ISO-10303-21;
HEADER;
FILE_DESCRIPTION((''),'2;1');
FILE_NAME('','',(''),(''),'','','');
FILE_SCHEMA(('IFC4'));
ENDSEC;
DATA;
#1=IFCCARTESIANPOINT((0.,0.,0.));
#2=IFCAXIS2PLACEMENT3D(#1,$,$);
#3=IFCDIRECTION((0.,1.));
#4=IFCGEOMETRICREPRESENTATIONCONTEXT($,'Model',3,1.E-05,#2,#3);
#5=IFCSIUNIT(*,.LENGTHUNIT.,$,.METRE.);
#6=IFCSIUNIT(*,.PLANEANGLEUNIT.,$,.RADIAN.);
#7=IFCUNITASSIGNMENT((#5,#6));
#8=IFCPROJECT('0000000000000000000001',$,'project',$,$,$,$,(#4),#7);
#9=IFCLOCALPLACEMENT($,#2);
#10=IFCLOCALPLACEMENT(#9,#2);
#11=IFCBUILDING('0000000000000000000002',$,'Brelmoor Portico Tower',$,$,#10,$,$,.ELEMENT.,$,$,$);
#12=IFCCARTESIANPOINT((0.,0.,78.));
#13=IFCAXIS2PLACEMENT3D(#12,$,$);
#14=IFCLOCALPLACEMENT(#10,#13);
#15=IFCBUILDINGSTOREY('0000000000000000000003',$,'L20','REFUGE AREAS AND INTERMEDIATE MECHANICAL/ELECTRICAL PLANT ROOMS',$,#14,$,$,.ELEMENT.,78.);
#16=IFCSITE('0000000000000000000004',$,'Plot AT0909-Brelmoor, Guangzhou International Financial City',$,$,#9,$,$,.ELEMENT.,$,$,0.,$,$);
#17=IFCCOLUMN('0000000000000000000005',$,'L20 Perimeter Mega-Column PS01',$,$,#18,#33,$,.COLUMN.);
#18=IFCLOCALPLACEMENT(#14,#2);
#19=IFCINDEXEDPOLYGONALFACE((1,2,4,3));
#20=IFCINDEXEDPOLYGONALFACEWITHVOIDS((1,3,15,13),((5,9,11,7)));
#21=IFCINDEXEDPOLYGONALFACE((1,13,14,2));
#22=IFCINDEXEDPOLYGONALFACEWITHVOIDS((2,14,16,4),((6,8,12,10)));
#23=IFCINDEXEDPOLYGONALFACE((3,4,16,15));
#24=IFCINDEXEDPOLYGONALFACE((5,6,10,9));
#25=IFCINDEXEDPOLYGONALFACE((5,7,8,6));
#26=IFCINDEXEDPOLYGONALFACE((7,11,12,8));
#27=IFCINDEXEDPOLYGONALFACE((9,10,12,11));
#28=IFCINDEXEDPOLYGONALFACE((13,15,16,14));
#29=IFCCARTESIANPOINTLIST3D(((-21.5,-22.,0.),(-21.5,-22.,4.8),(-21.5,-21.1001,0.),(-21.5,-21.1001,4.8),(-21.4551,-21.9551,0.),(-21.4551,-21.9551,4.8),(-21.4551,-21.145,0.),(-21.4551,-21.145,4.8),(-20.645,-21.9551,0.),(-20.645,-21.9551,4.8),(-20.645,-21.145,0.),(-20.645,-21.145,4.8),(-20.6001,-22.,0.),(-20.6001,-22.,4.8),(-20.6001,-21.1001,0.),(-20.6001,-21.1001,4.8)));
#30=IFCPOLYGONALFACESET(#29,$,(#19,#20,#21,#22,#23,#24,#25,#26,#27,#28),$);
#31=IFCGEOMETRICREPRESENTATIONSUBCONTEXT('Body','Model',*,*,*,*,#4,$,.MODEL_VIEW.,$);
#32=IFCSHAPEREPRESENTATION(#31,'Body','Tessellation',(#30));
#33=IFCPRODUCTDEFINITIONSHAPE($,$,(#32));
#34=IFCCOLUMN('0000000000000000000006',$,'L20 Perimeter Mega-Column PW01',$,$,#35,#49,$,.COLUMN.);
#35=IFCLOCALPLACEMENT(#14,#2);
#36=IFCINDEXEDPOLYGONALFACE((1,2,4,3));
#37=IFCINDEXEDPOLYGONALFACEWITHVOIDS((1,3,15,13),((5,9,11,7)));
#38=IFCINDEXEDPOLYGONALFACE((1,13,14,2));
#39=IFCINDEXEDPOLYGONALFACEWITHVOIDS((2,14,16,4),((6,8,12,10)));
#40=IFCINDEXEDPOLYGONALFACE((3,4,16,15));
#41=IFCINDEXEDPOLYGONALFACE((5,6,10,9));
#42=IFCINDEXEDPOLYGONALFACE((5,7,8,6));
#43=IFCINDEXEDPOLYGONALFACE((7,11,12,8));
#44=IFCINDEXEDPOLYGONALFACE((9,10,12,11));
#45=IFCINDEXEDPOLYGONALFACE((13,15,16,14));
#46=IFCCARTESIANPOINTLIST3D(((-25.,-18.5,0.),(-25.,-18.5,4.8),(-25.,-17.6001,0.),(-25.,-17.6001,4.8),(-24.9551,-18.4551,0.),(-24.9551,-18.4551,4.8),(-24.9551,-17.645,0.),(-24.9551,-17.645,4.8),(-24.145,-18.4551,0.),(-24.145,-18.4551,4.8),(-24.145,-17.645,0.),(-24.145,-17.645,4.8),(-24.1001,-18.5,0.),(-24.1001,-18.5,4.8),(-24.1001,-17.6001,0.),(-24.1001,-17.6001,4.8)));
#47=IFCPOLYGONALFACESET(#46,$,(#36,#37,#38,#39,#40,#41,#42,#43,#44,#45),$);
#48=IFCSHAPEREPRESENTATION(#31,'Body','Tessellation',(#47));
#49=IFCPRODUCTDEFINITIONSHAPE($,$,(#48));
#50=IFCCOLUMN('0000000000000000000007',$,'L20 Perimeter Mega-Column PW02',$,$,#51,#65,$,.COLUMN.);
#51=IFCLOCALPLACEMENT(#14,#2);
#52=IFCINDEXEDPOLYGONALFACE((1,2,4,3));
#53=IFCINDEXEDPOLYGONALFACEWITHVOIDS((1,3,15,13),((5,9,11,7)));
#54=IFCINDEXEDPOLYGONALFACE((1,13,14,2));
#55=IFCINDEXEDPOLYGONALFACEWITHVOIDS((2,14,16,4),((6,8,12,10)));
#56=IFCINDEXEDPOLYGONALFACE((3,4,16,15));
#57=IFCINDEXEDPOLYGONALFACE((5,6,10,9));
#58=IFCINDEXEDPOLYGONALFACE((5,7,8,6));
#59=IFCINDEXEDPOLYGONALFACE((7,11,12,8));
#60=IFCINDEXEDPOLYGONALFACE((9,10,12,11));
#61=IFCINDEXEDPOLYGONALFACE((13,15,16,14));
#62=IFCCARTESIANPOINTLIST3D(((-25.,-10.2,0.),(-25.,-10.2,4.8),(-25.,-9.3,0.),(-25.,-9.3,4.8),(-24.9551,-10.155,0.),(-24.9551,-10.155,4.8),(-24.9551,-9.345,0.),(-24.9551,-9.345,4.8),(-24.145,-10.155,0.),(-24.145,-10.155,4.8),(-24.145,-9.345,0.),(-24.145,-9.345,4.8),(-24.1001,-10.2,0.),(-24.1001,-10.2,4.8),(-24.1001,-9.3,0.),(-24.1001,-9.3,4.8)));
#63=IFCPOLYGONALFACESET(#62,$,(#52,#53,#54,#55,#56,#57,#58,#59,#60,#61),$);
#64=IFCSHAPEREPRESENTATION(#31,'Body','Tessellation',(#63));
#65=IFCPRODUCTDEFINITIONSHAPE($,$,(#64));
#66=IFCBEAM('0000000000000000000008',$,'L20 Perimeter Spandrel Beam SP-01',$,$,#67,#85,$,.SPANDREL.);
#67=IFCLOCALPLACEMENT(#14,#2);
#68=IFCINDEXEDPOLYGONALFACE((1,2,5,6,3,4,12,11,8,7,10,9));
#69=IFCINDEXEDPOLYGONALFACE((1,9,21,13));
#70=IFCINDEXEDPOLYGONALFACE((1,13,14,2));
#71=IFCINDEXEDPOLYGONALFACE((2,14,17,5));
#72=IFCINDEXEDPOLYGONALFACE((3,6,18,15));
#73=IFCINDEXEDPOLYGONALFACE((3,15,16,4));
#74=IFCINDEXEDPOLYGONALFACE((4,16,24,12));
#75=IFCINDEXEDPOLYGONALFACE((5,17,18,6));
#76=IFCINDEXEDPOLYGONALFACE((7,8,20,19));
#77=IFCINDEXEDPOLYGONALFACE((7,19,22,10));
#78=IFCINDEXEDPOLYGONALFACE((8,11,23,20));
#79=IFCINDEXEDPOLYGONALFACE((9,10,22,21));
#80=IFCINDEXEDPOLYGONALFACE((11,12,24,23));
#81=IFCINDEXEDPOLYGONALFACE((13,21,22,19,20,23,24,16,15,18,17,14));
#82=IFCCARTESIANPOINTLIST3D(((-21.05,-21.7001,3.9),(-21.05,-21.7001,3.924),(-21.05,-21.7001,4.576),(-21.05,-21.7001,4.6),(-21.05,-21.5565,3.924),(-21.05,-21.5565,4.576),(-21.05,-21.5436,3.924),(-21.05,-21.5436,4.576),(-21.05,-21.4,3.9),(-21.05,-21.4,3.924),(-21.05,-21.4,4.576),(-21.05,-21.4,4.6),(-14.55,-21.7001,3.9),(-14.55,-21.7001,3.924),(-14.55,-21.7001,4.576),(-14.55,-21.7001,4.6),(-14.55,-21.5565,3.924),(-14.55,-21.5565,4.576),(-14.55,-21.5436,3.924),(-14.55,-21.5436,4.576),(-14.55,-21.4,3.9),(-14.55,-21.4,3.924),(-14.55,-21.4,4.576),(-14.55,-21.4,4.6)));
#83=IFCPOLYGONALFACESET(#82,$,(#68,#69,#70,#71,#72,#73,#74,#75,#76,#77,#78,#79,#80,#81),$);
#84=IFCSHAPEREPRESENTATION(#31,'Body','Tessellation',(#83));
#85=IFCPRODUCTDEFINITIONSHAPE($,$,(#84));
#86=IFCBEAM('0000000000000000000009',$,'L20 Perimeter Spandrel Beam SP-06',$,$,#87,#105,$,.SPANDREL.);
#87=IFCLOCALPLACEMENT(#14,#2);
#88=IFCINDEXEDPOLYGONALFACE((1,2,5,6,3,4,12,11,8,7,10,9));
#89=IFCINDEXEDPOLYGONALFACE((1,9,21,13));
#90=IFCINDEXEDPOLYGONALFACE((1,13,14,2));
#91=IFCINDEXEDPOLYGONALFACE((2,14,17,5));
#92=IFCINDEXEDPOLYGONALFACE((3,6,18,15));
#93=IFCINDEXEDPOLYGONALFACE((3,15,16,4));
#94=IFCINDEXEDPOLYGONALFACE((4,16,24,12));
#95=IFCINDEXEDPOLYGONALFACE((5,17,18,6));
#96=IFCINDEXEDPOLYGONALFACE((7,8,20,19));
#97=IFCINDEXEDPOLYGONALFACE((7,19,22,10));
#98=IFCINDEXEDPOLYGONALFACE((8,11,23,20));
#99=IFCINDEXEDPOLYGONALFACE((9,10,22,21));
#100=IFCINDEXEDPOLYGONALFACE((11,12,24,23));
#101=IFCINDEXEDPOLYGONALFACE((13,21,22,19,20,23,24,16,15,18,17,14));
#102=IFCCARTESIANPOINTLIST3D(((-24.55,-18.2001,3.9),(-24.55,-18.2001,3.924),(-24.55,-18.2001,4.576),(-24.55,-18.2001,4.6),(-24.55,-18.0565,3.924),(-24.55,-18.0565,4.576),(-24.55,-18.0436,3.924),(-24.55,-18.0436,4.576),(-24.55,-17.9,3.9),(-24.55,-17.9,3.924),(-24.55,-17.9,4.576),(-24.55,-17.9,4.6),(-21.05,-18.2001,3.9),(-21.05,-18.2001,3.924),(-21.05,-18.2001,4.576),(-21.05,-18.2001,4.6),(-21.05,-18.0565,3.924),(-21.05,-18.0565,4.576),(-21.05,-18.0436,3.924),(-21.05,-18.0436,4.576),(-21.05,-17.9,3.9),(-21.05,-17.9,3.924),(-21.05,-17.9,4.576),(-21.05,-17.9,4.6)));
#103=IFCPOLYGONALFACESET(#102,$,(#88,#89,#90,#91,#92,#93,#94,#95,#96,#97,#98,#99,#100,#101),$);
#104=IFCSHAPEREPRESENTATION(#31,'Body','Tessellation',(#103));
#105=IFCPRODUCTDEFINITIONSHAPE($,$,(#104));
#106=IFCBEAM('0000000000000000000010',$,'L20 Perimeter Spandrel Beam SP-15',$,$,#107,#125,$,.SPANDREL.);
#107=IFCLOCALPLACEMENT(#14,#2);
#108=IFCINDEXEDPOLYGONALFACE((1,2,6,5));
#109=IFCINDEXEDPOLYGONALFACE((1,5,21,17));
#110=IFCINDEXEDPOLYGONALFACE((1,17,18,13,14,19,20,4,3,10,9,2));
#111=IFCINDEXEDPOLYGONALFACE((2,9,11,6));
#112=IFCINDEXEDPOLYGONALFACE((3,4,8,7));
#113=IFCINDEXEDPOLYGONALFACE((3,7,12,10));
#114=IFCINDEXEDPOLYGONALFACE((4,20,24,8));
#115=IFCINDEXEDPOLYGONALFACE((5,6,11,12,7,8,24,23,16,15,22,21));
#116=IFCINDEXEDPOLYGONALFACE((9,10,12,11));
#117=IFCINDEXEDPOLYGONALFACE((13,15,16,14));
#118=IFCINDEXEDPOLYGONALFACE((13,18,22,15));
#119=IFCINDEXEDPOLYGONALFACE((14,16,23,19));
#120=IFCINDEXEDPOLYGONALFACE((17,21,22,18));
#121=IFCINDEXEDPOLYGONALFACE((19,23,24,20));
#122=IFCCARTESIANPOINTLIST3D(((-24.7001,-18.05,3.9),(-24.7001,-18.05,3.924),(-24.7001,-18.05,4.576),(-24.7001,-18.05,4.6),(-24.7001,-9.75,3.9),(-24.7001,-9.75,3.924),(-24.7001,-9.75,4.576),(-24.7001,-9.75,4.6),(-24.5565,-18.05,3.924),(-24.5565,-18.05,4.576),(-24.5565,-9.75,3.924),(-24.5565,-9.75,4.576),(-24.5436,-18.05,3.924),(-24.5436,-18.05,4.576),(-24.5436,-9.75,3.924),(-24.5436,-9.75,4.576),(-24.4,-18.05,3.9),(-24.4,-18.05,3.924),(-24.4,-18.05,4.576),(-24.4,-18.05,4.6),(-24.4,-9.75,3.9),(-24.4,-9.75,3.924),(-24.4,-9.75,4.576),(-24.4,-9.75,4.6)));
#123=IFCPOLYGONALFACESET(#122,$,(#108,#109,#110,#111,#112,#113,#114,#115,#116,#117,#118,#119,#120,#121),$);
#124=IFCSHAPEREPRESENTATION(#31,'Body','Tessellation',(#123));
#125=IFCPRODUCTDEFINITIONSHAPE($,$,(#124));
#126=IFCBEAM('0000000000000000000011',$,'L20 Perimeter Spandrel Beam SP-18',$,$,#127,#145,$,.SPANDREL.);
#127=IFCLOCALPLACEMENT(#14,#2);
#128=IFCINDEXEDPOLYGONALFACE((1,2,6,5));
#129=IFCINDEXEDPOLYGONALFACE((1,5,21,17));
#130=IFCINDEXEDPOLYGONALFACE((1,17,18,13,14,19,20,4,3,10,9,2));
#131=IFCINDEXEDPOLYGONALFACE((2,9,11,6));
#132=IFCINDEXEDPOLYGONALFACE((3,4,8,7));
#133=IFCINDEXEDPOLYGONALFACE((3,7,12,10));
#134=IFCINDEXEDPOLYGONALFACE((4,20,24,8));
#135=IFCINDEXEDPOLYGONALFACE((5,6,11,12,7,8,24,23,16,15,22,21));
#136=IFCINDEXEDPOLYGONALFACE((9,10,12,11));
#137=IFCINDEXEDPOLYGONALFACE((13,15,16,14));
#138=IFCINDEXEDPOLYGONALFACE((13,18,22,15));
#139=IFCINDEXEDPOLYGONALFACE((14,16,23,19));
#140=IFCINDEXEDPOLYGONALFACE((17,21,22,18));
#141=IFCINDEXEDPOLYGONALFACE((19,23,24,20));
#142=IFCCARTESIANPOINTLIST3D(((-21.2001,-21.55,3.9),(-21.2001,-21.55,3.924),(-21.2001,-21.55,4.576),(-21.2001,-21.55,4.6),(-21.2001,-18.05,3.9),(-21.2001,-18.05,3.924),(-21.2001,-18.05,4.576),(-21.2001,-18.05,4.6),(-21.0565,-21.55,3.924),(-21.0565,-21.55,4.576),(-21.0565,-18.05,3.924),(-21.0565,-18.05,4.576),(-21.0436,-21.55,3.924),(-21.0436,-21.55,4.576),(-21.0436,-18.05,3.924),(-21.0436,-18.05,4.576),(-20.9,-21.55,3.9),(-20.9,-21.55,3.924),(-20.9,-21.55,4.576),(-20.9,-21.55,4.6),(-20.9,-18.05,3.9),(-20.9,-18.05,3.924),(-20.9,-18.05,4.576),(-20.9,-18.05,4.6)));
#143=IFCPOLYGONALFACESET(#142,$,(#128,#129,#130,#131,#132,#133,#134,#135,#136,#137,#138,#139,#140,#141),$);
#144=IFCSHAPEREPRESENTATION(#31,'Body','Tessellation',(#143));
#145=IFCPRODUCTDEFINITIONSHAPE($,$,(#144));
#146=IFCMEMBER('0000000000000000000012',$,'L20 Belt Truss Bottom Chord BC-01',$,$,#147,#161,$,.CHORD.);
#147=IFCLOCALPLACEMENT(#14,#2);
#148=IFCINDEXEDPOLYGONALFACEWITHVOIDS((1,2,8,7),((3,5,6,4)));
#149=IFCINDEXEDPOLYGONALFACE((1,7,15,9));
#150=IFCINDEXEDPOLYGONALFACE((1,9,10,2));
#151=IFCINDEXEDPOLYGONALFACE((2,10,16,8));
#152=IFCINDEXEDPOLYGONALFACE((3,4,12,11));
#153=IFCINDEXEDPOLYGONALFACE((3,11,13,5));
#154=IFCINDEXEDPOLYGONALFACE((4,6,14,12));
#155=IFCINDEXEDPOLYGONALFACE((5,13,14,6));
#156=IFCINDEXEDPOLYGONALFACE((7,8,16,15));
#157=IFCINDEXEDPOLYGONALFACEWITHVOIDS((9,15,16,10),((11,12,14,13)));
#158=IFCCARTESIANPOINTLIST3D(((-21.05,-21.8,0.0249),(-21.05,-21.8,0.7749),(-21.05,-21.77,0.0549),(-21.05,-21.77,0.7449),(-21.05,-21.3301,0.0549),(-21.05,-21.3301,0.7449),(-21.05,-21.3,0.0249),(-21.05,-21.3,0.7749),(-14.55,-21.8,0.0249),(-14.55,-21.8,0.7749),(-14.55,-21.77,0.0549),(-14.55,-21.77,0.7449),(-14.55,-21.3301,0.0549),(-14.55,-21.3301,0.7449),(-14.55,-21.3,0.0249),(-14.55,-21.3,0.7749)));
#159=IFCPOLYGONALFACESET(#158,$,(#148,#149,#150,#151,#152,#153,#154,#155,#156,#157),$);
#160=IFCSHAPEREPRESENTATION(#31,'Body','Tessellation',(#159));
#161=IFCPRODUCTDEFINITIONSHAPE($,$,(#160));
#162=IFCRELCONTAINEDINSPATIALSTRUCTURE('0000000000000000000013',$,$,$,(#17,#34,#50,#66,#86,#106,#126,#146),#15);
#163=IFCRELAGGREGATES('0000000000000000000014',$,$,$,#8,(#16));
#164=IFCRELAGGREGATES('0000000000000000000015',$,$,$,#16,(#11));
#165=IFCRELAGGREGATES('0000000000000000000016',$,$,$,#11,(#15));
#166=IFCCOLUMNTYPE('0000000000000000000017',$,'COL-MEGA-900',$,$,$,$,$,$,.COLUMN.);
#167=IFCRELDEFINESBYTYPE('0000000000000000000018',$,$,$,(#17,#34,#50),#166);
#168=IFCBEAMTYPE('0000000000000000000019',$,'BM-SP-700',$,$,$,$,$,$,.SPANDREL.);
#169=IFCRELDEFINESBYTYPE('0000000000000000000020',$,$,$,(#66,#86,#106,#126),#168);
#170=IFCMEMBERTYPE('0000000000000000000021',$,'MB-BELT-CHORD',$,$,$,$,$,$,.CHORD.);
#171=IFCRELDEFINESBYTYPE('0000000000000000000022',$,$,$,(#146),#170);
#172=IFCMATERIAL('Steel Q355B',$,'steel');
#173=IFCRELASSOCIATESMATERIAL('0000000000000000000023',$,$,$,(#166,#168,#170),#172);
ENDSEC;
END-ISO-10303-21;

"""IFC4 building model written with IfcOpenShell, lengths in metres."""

from ifc_helpers import new_model, si_unit, direction, frame, origin, origin_2d, place, context, subcontext, project, spatial, hollow_rectangle, i_section, extrude, material, material_profile, profile_set, type_object, element, save


model = new_model("IFC4")

# Units and contexts
model_context = context("Model", 3, precision=1e-05, world=origin(), true_north=direction((0.0, 1.0)))
body_context = subcontext(model_context, "Body", "Model", "MODEL_VIEW")
ifc_project = project(units=[si_unit("LENGTHUNIT", "METRE"), si_unit("PLANEANGLEUNIT", "RADIAN")], contexts=[model_context])

# Site, building, storey
site_placement = place(None, origin())
site = spatial("IfcSite", under=ifc_project, at=site_placement, Name="Plot AT0909-Brelmoor, Guangzhou International Financial City", CompositionType="ELEMENT", RefElevation=0.0)
building_placement = place(site_placement, origin())
building = spatial("IfcBuilding", under=site, at=building_placement, Name="Brelmoor Portico Tower", CompositionType="ELEMENT")
storey_placement = place(building_placement, frame((0.0, 0.0, 78.0)))
storey = spatial("IfcBuildingStorey", under=building, at=storey_placement, Name="L20", Description="REFUGE AREAS AND INTERMEDIATE MECHANICAL/ELECTRICAL PLANT ROOMS", CompositionType="ELEMENT", Elevation=78.0)

# Columns
ifc_material_1 = material(Name="Steel Q355B", Category="steel")
ifc_material_profile_1 = material_profile(ifc_material_1, hollow_rectangle(XDim=0.8999, YDim=0.8999, WallThickness=0.0449, at=origin_2d()), Name="BOX 900x900x45")
ifc_profile_set_1 = profile_set([ifc_material_profile_1], Name="Steel Q355B")
column_type = type_object("IfcColumnType", Name="COL-MEGA-900", PredefinedType="COLUMN", material=ifc_profile_set_1)
for number, where, z_axis, x_axis, name in (
    (1, (-21.05, -21.55, 0.0), (0.0, 0.0, 1.0), (1.0, 0.0, 0.0), "L20 Perimeter Mega-Column PS01"),
    (2, (-24.55, -18.05, 0.0), (0.0, 0.0, 1.0), (0.0, 1.0, 0.0), "L20 Perimeter Mega-Column PW01"),
    (3, (-24.55, -9.75, 0.0), (0.0, 0.0, 1.0), (0.0, 1.0, 0.0), "L20 Perimeter Mega-Column PW02"),
):
    element("IfcColumn", number, at=place(storey_placement, frame(where, z_axis=z_axis, x_axis=x_axis)), inside=storey, type_object=column_type, Name=name, PredefinedType="COLUMN", context=body_context, shape_type="SweptSolid", body=[
        extrude(hollow_rectangle(XDim=0.8999, YDim=0.8999, WallThickness=0.0449, at=origin_2d()), origin(), (0.0, 0.0, 1.0), 4.8),
    ])

# Beams
ifc_material_profile_2 = material_profile(ifc_material_1, i_section(OverallWidth=0.3, OverallDepth=0.7, WebThickness=0.0129, FlangeThickness=0.0239, at=origin_2d()), Name="HN 700x300x13x24")
ifc_profile_set_2 = profile_set([ifc_material_profile_2], Name="Steel Q355B")
beam_type = type_object("IfcBeamType", Name="BM-SP-700", PredefinedType="SPANDREL", material=ifc_profile_set_2)
beam_1_placement = place(storey_placement, frame((-21.05, -21.55, 4.25), z_axis=(1.0, 0.0, 0.0), x_axis=(0.0, 1.0, 0.0)))
element("IfcBeam", 4, at=beam_1_placement, inside=storey, type_object=beam_type, Name="L20 Perimeter Spandrel Beam SP-01", PredefinedType="SPANDREL", context=body_context, shape_type="SweptSolid", body=[
    extrude(i_section(OverallWidth=0.3, OverallDepth=0.7, WebThickness=0.0129, FlangeThickness=0.0239, at=origin_2d()), origin(), (0.0, 0.0, 1.0), 6.5),
])
beam_2_placement = place(storey_placement, frame((-24.55, -18.05, 4.25), z_axis=(1.0, 0.0, 0.0), x_axis=(0.0, 1.0, 0.0)))
element("IfcBeam", 5, at=beam_2_placement, inside=storey, type_object=beam_type, Name="L20 Perimeter Spandrel Beam SP-06", PredefinedType="SPANDREL", context=body_context, shape_type="SweptSolid", body=[
    extrude(i_section(OverallWidth=0.3, OverallDepth=0.7, WebThickness=0.0129, FlangeThickness=0.0239, at=origin_2d()), origin(), (0.0, 0.0, 1.0), 3.5),
])
beam_3_placement = place(storey_placement, frame((-24.55, -18.05, 4.25), z_axis=(0.0, 1.0, 0.0), x_axis=(-1.0, 0.0, 0.0)))
element("IfcBeam", 6, at=beam_3_placement, inside=storey, type_object=beam_type, Name="L20 Perimeter Spandrel Beam SP-15", PredefinedType="SPANDREL", context=body_context, shape_type="SweptSolid", body=[
    extrude(i_section(OverallWidth=0.3, OverallDepth=0.7, WebThickness=0.0129, FlangeThickness=0.0239, at=origin_2d()), origin(), (0.0, 0.0, 1.0), 8.3),
])
beam_4_placement = place(storey_placement, frame((-21.05, -21.55, 4.25), z_axis=(0.0, 1.0, 0.0), x_axis=(-1.0, 0.0, 0.0)))
element("IfcBeam", 7, at=beam_4_placement, inside=storey, type_object=beam_type, Name="L20 Perimeter Spandrel Beam SP-18", PredefinedType="SPANDREL", context=body_context, shape_type="SweptSolid", body=[
    extrude(i_section(OverallWidth=0.3, OverallDepth=0.7, WebThickness=0.0129, FlangeThickness=0.0239, at=origin_2d()), origin(), (0.0, 0.0, 1.0), 3.5),
])

# Member
ifc_material_profile_3 = material_profile(ifc_material_1, hollow_rectangle(XDim=0.5, YDim=0.75, WallThickness=0.03, at=origin_2d()), Name="RHS 500x750x30")
ifc_profile_set_3 = profile_set([ifc_material_profile_3], Name="Steel Q355B")
member_type_1 = type_object("IfcMemberType", Name="MB-BELT-CHORD", PredefinedType="CHORD", material=ifc_profile_set_3)
member_1_placement = place(storey_placement, frame((-21.05, -21.55, 0.3999), z_axis=(1.0, 0.0, 0.0), x_axis=(0.0, 1.0, 0.0)))
element("IfcMember", 8, at=member_1_placement, inside=storey, type_object=member_type_1, Name="L20 Belt Truss Bottom Chord BC-01", PredefinedType="CHORD", context=body_context, shape_type="SweptSolid", body=[
    extrude(hollow_rectangle(XDim=0.5, YDim=0.75, WallThickness=0.03, at=origin_2d()), origin(), (0.0, 0.0, 1.0), 6.5),
])

save(model, "model.ifc")
